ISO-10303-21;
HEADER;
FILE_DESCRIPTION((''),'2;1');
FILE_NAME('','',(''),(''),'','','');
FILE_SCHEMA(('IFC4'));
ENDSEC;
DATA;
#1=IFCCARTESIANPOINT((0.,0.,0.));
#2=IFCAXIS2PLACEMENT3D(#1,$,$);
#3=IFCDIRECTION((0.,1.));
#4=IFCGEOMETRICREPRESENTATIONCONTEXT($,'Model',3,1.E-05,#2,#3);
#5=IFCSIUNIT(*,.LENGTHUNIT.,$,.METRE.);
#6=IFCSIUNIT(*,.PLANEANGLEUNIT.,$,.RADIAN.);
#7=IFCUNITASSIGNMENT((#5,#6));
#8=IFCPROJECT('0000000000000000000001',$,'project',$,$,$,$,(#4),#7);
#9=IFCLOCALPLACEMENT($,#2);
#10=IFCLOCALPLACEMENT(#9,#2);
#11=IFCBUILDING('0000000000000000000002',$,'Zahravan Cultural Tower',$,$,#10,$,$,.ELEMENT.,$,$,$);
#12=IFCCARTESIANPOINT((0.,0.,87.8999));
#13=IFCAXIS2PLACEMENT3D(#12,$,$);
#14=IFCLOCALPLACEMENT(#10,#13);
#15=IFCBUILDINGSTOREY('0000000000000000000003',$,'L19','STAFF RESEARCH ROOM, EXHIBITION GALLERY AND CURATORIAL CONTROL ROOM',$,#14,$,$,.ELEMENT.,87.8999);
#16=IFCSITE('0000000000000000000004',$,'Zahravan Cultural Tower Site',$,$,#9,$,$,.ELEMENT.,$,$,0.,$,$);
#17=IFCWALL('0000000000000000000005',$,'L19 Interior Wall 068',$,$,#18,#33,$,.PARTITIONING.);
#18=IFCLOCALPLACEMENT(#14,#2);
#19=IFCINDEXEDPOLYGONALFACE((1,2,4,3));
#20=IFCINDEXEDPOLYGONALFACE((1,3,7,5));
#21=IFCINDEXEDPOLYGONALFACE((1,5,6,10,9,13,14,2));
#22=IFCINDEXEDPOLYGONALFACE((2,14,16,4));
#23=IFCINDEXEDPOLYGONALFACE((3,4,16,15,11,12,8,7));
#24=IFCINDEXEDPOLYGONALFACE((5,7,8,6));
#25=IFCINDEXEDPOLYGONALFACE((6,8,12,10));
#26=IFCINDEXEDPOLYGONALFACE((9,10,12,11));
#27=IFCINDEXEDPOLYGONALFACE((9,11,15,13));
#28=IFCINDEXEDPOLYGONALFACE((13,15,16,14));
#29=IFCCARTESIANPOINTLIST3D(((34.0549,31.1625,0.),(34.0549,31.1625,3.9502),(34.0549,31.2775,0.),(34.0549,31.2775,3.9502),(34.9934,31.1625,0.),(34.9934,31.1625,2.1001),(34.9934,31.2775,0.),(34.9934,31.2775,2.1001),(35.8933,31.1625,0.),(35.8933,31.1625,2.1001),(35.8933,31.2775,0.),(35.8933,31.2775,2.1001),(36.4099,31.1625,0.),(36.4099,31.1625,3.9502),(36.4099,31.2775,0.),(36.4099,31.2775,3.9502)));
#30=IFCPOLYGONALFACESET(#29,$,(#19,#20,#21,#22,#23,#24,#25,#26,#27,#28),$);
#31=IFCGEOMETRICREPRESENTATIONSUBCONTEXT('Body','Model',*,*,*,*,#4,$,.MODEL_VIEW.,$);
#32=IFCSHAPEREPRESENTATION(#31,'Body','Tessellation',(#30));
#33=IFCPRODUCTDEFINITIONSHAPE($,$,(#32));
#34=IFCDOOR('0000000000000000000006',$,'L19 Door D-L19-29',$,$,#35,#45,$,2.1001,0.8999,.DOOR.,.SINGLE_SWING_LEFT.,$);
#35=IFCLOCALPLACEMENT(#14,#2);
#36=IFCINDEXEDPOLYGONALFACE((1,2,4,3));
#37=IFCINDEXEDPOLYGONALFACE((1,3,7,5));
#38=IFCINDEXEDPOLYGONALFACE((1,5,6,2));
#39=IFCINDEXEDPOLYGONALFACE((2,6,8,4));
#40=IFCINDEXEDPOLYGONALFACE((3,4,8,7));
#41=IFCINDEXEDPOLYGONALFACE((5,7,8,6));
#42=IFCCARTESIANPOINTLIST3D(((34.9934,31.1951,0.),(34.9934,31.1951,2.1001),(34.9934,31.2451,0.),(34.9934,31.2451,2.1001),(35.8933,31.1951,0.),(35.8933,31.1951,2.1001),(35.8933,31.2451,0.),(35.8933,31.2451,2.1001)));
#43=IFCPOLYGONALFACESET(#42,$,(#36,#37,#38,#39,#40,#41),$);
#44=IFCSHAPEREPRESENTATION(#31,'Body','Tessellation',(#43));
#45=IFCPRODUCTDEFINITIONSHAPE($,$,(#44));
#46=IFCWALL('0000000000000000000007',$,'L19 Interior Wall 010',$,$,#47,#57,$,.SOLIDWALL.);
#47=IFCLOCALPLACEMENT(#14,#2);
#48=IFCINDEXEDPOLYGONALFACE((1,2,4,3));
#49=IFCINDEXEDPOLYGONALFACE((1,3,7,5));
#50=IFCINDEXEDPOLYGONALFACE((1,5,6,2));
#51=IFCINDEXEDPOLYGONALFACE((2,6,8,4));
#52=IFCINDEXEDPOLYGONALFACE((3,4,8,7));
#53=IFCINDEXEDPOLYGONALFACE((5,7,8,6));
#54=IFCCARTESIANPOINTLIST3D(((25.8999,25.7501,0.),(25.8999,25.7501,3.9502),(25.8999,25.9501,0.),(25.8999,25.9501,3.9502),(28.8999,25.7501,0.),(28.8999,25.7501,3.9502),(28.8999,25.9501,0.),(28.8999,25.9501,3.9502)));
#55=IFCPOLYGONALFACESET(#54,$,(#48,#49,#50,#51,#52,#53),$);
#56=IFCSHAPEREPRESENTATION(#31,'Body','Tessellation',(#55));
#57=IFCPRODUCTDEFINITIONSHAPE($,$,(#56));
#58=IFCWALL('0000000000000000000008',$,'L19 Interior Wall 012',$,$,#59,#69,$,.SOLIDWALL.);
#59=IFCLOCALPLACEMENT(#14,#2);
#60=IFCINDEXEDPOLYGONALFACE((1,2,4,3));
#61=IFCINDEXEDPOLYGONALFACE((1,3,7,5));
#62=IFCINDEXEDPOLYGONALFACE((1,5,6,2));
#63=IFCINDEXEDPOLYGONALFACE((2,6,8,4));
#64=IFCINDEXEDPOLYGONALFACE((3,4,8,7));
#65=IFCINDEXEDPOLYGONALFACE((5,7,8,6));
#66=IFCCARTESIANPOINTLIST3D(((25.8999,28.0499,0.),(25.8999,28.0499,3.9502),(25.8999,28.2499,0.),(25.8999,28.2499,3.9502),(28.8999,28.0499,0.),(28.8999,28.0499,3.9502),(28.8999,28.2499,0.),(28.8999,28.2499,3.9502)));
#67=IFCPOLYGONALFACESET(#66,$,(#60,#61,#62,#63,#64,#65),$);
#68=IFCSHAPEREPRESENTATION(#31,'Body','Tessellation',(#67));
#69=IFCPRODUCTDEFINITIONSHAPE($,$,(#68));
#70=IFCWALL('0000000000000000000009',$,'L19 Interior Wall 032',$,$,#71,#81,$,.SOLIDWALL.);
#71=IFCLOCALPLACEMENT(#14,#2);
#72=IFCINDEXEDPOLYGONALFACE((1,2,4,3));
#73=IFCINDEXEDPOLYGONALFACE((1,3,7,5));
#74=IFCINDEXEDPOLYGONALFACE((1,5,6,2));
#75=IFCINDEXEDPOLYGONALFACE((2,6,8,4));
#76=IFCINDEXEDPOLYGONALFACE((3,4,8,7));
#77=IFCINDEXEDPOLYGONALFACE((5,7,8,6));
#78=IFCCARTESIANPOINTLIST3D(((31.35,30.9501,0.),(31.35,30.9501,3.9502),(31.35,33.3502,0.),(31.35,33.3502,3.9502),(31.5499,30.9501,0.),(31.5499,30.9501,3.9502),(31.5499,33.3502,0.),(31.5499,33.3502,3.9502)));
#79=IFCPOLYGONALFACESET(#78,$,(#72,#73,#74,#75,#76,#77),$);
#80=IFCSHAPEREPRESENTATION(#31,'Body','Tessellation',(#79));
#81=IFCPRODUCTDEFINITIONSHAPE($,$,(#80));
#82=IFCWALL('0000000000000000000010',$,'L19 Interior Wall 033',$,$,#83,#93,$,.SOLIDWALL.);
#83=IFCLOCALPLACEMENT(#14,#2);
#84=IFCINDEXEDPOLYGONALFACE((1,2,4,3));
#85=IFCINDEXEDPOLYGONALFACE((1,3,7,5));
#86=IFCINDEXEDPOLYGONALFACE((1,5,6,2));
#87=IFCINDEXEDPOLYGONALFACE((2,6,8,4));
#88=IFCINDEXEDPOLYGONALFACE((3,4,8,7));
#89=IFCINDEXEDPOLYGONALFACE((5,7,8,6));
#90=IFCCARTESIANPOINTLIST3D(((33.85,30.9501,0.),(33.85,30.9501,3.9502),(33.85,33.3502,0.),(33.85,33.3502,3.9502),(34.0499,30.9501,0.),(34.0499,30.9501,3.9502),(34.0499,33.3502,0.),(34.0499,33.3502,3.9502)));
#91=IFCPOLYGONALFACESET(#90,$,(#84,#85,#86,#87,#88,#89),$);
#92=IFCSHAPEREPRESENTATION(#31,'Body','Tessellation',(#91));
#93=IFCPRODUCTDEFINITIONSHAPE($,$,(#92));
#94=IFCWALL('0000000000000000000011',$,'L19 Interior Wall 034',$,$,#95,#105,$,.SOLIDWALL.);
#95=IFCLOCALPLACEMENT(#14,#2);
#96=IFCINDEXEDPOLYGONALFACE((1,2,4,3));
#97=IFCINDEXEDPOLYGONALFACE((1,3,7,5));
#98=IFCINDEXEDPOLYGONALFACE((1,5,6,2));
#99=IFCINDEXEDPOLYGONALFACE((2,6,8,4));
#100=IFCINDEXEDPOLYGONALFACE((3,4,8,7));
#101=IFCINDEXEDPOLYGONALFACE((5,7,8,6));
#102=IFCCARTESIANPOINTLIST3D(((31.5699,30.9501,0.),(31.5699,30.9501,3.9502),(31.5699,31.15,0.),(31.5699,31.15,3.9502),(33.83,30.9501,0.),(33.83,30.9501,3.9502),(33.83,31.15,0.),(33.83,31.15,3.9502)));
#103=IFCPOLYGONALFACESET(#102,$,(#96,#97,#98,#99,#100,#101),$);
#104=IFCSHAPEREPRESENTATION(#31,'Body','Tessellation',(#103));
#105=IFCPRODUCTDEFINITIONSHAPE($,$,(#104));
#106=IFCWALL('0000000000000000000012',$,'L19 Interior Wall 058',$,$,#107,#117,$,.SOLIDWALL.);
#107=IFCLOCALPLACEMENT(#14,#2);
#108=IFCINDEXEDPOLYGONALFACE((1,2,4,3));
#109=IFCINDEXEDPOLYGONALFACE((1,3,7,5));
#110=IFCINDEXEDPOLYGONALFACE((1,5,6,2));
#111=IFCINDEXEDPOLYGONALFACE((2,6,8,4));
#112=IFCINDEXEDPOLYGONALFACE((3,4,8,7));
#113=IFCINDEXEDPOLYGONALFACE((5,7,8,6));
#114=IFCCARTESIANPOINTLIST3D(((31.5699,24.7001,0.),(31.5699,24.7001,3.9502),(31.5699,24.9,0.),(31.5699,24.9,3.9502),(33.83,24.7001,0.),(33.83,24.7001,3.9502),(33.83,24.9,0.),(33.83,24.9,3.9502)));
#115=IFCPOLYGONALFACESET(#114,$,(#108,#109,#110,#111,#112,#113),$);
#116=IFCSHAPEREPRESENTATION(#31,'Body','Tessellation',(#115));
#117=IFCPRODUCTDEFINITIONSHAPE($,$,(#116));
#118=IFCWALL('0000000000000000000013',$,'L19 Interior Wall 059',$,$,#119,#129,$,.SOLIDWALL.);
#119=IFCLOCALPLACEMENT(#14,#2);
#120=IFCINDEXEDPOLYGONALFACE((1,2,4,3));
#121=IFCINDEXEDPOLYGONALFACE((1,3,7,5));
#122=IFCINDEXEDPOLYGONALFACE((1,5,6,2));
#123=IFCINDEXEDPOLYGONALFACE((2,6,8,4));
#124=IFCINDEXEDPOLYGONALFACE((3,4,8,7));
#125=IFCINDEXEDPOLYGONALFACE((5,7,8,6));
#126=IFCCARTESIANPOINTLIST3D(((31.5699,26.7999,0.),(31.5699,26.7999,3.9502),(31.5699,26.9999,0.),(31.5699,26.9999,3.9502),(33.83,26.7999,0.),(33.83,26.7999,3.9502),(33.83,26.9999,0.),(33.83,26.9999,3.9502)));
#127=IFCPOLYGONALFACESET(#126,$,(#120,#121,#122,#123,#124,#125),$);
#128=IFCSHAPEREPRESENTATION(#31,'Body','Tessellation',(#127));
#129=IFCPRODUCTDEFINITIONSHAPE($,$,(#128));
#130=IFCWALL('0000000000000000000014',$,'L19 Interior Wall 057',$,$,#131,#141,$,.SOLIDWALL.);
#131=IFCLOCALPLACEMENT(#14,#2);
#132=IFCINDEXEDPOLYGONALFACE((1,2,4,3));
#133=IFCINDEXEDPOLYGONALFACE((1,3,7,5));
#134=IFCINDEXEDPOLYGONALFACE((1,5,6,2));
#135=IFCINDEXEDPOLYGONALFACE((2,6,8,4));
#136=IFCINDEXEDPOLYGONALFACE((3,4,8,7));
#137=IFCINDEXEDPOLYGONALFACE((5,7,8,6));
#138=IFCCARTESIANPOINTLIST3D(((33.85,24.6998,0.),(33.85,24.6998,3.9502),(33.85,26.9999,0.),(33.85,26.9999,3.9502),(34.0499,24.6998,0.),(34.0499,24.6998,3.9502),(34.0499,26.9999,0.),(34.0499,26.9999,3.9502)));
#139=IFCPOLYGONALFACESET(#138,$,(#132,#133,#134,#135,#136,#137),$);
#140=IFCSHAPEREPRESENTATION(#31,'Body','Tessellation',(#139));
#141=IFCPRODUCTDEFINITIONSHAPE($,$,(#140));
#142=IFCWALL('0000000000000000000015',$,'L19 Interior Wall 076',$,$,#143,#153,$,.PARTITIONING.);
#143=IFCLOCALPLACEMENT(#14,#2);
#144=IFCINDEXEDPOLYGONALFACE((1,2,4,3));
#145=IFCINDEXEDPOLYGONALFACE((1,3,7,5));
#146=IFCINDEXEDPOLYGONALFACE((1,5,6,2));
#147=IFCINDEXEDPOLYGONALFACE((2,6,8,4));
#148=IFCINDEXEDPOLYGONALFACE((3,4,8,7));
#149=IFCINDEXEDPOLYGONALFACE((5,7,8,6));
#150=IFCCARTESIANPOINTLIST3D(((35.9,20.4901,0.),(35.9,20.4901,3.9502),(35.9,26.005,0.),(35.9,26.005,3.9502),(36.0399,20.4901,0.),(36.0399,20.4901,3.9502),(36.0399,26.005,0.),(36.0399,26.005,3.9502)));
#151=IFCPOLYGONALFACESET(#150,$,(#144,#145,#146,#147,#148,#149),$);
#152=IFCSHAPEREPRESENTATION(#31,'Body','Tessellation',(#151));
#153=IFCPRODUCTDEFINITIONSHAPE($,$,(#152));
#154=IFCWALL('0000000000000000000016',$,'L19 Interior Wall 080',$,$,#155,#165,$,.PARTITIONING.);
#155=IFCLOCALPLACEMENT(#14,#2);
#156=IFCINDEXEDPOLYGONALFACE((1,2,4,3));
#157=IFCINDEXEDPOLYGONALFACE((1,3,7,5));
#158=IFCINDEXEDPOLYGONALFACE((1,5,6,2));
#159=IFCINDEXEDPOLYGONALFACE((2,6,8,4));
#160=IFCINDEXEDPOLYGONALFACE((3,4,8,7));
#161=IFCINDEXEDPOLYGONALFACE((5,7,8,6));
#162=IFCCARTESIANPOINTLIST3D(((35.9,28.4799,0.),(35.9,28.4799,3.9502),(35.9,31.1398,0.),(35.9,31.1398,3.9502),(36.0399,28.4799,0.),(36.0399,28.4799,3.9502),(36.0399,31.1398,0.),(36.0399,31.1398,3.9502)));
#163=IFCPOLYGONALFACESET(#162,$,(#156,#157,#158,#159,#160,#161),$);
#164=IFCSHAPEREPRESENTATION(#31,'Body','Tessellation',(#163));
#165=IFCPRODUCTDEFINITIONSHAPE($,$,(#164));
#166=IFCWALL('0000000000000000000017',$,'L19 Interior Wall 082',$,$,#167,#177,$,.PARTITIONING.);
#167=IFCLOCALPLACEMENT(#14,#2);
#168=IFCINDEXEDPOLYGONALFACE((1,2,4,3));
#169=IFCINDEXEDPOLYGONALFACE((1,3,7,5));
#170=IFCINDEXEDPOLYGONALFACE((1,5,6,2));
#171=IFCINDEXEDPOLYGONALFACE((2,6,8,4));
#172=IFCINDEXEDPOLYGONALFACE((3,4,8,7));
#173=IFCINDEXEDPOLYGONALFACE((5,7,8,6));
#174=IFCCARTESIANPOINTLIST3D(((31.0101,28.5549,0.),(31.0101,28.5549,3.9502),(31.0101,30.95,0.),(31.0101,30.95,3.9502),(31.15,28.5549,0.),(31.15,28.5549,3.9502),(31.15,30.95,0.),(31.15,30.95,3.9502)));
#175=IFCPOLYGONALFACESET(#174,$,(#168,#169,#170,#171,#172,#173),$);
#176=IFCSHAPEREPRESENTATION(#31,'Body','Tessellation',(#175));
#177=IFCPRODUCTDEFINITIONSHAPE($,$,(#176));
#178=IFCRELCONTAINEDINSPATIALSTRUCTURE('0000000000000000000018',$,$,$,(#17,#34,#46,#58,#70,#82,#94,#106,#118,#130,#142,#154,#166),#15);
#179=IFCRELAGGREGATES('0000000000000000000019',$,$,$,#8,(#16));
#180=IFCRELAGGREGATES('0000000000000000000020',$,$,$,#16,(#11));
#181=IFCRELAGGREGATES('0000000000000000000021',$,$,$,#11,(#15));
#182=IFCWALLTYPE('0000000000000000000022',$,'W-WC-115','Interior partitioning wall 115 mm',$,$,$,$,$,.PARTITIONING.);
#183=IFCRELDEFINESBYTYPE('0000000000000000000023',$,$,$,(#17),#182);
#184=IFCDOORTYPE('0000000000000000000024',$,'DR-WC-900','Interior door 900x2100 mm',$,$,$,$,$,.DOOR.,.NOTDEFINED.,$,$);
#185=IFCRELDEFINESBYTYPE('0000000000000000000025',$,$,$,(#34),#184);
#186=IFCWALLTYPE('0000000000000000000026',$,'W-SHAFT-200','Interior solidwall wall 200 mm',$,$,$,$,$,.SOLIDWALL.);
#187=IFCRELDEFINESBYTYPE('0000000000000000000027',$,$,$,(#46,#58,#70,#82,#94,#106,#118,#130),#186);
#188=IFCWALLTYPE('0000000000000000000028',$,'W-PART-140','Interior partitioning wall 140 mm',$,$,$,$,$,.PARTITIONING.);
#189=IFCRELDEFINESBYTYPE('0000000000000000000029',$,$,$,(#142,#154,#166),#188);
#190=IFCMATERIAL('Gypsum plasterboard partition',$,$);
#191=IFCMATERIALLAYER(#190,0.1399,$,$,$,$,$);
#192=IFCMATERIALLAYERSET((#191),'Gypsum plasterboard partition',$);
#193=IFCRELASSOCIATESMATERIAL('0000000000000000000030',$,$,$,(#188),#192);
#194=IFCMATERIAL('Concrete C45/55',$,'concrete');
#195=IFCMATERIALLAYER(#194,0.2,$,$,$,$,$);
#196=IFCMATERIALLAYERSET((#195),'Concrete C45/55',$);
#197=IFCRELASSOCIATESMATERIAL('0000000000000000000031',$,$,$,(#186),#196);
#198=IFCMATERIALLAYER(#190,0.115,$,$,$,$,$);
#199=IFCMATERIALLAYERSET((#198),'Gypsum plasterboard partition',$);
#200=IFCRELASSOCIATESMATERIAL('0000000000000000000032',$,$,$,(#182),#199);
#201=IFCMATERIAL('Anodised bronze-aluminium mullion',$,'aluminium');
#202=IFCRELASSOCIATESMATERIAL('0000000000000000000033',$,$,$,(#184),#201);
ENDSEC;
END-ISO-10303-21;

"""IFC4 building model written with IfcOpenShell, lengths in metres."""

from ifc_helpers import new_model, si_unit, direction, frame, frame_2d, origin, place, context, subcontext, project, spatial, rectangle, extrude, source, transform, mapped, material, layer, layer_set, type_object, element, fill, save


model = new_model("IFC4")

# Units and contexts
model_context = context("Model", 3, precision=1e-05, world=origin(), true_north=direction((0.0, 1.0)))
body_context = subcontext(model_context, "Body", "Model", "MODEL_VIEW")
ifc_project = project(units=[si_unit("LENGTHUNIT", "METRE"), si_unit("PLANEANGLEUNIT", "RADIAN")], contexts=[model_context])

# Site, building, storey
site_placement = place(None, origin())
site = spatial("IfcSite", under=ifc_project, at=site_placement, Name="Zahravan Cultural Tower Site", CompositionType="ELEMENT", RefElevation=0.0)
building_placement = place(site_placement, origin())
building = spatial("IfcBuilding", under=site, at=building_placement, Name="Zahravan Cultural Tower", CompositionType="ELEMENT")
storey_placement = place(building_placement, frame((0.0, 0.0, 87.8999)))
storey = spatial("IfcBuildingStorey", under=building, at=storey_placement, Name="L19", Description="STAFF RESEARCH ROOM, EXHIBITION GALLERY AND CURATORIAL CONTROL ROOM", CompositionType="ELEMENT", Elevation=87.8999)

# Wall, opening, door
ifc_material_1 = material(Name="Gypsum plasterboard partition")
ifc_layer_1 = layer(ifc_material_1, 0.1399)
ifc_layer_set_1 = layer_set([ifc_layer_1], Name="Gypsum plasterboard partition")
wall_type_1 = type_object("IfcWallType", Name="W-PART-140", Description="Interior partitioning wall 140 mm", PredefinedType="PARTITIONING", material=ifc_layer_set_1)
ifc_material_2 = material(Name="Anodised bronze-aluminium mullion", Category="aluminium")
ifc_material_3 = material(Name="Concrete C45/55", Category="concrete")
ifc_layer_2 = layer(ifc_material_3, 0.2)
ifc_layer_set_2 = layer_set([ifc_layer_2], Name="Concrete C45/55")
wall_type_2 = type_object("IfcWallType", Name="W-SHAFT-200", Description="Interior solidwall wall 200 mm", PredefinedType="SOLIDWALL", material=ifc_layer_set_2)
ifc_layer_3 = layer(ifc_material_1, 0.115)
ifc_layer_set_3 = layer_set([ifc_layer_3], Name="Gypsum plasterboard partition")
wall_type_3 = type_object("IfcWallType", Name="W-WC-115", Description="Interior partitioning wall 115 mm", PredefinedType="PARTITIONING", material=ifc_layer_set_3)
wall_1_placement = place(storey_placement, frame((36.4099, 31.22, 0.0), z_axis=(0.0, 0.0, 1.0), x_axis=(-1.0, 0.0, 0.0)))
wall_1 = element("IfcWall", 1, at=wall_1_placement, inside=storey, type_object=wall_type_3, Name="L19 Interior Wall 068", PredefinedType="PARTITIONING", context=body_context, shape_type="SweptSolid", body=[
    extrude(rectangle(XDim=2.355, YDim=0.115, at=frame_2d((1.1775, 0.0))), origin(), (0.0, 0.0, 1.0), 3.9502),
])
opening_1_placement = place(wall_1_placement, frame((0.5166, 0.0, 0.0)))
opening_1 = element("IfcOpeningElement", 2, at=opening_1_placement, cuts=wall_1, PredefinedType="OPENING", context=body_context, shape_type="SweptSolid", body=[
    extrude(rectangle(XDim=0.8999, YDim=2.1001, at=frame_2d((0.45, 1.05))), frame((0.0, 0.0674, 0.0), z_axis=(0.0, -1.0, 0.0), x_axis=(1.0, 0.0, 0.0)), (0.0, 0.0, 1.0), 0.135),
])
door_type_1 = type_object("IfcDoorType", Name="DR-WC-900", Description="Interior door 900x2100 mm", OperationType="NOTDEFINED", PredefinedType="DOOR", material=ifc_material_2)
shared_shape_1 = source(origin(), body_context, "Body", "SweptSolid", [
    extrude(rectangle(XDim=0.8999, YDim=2.1001, at=frame_2d((0.45, 1.05))), frame((0.0, 0.0249, 0.0), z_axis=(0.0, -1.0, 0.0), x_axis=(1.0, 0.0, 0.0)), (0.0, 0.0, 1.0), 0.05),
])
door_1_placement = place(opening_1_placement, origin())
door_1 = element("IfcDoor", 3, at=door_1_placement, inside=storey, type_object=door_type_1, Name="L19 Door D-L19-29", OperationType="SINGLE_SWING_LEFT", OverallHeight=2.1001, OverallWidth=0.8999, PredefinedType="DOOR", context=body_context, shape_type="MappedRepresentation", body=[
    mapped(shared_shape_1, transform((0.0, 0.0, 0.0), x_axis=(1.0, 0.0, 0.0), y_axis=(0.0, 1.0, 0.0), z_axis=(0.0, 0.0, 1.0), scale=1.0)),
])
fill(opening_1, door_1)

# Walls
shared_shape_2 = source(origin(), body_context, "Body", "SweptSolid", [
    extrude(rectangle(XDim=3.0, YDim=0.2, at=frame_2d((1.5, 0.0))), origin(), (0.0, 0.0, 1.0), 3.9502),
])
for number, where, z_axis, x_axis, name in (
    (4, (25.8999, 25.8501, 0.0), (0.0, 0.0, 1.0), (1.0, 0.0, 0.0), "L19 Interior Wall 010"),
    (5, (25.8999, 28.1499, 0.0), (0.0, 0.0, 1.0), (1.0, 0.0, 0.0), "L19 Interior Wall 012"),
):
    element("IfcWall", number, at=place(storey_placement, frame(where, z_axis=z_axis, x_axis=x_axis)), inside=storey, type_object=wall_type_2, Name=name, PredefinedType="SOLIDWALL", context=body_context, shape_type="MappedRepresentation", body=[
        mapped(shared_shape_2, transform((0.0, 0.0, 0.0), x_axis=(1.0, 0.0, 0.0), y_axis=(0.0, 1.0, 0.0), z_axis=(0.0, 0.0, 1.0), scale=1.0)),
    ])
shared_shape_3 = source(origin(), body_context, "Body", "SweptSolid", [
    extrude(rectangle(XDim=2.4001, YDim=0.2, at=frame_2d((1.2002, 0.0))), origin(), (0.0, 0.0, 1.0), 3.9502),
])
for number, where, z_axis, x_axis, name in (
    (6, (31.45, 30.95, 0.0), (0.0, 0.0, 1.0), (0.0, 1.0, 0.0), "L19 Interior Wall 032"),
    (7, (33.95, 30.95, 0.0), (0.0, 0.0, 1.0), (0.0, 1.0, 0.0), "L19 Interior Wall 033"),
):
    element("IfcWall", number, at=place(storey_placement, frame(where, z_axis=z_axis, x_axis=x_axis)), inside=storey, type_object=wall_type_2, Name=name, PredefinedType="SOLIDWALL", context=body_context, shape_type="MappedRepresentation", body=[
        mapped(shared_shape_3, transform((0.0, 0.0, 0.0), x_axis=(1.0, 0.0, 0.0), y_axis=(0.0, 1.0, 0.0), z_axis=(0.0, 0.0, 1.0), scale=1.0)),
    ])
shared_shape_4 = source(origin(), body_context, "Body", "SweptSolid", [
    extrude(rectangle(XDim=2.26, YDim=0.2, at=frame_2d((1.1299, 0.0))), origin(), (0.0, 0.0, 1.0), 3.9502),
])
for number, where, z_axis, x_axis, name in (
    (8, (31.5701, 31.05, 0.0), (0.0, 0.0, 1.0), (1.0, 0.0, 0.0), "L19 Interior Wall 034"),
    (9, (31.5701, 24.8, 0.0), (0.0, 0.0, 1.0), (1.0, 0.0, 0.0), "L19 Interior Wall 058"),
    (10, (31.5701, 26.8999, 0.0), (0.0, 0.0, 1.0), (1.0, 0.0, 0.0), "L19 Interior Wall 059"),
):
    element("IfcWall", number, at=place(storey_placement, frame(where, z_axis=z_axis, x_axis=x_axis)), inside=storey, type_object=wall_type_2, Name=name, PredefinedType="SOLIDWALL", context=body_context, shape_type="MappedRepresentation", body=[
        mapped(shared_shape_4, transform((0.0, 0.0, 0.0), x_axis=(1.0, 0.0, 0.0), y_axis=(0.0, 1.0, 0.0), z_axis=(0.0, 0.0, 1.0), scale=1.0)),
    ])
shared_shape_5 = source(origin(), body_context, "Body", "SweptSolid", [
    extrude(rectangle(XDim=2.3, YDim=0.2, at=frame_2d((1.1499, 0.0))), origin(), (0.0, 0.0, 1.0), 3.9502),
])
wall_2_placement = place(storey_placement, frame((33.95, 24.7, 0.0), z_axis=(0.0, 0.0, 1.0), x_axis=(0.0, 1.0, 0.0)))
element("IfcWall", 11, at=wall_2_placement, inside=storey, type_object=wall_type_2, Name="L19 Interior Wall 057", PredefinedType="SOLIDWALL", context=body_context, shape_type="MappedRepresentation", body=[
    mapped(shared_shape_5, transform((0.0, 0.0, 0.0), x_axis=(1.0, 0.0, 0.0), y_axis=(0.0, 1.0, 0.0), z_axis=(0.0, 0.0, 1.0), scale=1.0)),
])
shared_shape_6 = source(origin(), body_context, "Body", "SweptSolid", [
    extrude(rectangle(XDim=5.5149, YDim=0.1399, at=frame_2d((2.7573, 0.0))), origin(), (0.0, 0.0, 1.0), 3.9502),
])
wall_3_placement = place(storey_placement, frame((35.97, 26.0049, 0.0), z_axis=(0.0, 0.0, 1.0), x_axis=(0.0, -1.0, 0.0)))
element("IfcWall", 12, at=wall_3_placement, inside=storey, type_object=wall_type_1, Name="L19 Interior Wall 076", PredefinedType="PARTITIONING", context=body_context, shape_type="MappedRepresentation", body=[
    mapped(shared_shape_6, transform((0.0, 0.0, 0.0), x_axis=(1.0, 0.0, 0.0), y_axis=(0.0, 1.0, 0.0), z_axis=(0.0, 0.0, 1.0), scale=1.0)),
])
shared_shape_7 = source(origin(), body_context, "Body", "SweptSolid", [
    extrude(rectangle(XDim=2.6599, YDim=0.1399, at=frame_2d((1.3301, 0.0))), origin(), (0.0, 0.0, 1.0), 3.9502),
])
wall_4_placement = place(storey_placement, frame((35.97, 31.1399, 0.0), z_axis=(0.0, 0.0, 1.0), x_axis=(0.0, -1.0, 0.0)))
element("IfcWall", 13, at=wall_4_placement, inside=storey, type_object=wall_type_1, Name="L19 Interior Wall 080", PredefinedType="PARTITIONING", context=body_context, shape_type="MappedRepresentation", body=[
    mapped(shared_shape_7, transform((0.0, 0.0, 0.0), x_axis=(1.0, 0.0, 0.0), y_axis=(0.0, 1.0, 0.0), z_axis=(0.0, 0.0, 1.0), scale=1.0)),
])
shared_shape_8 = source(origin(), body_context, "Body", "SweptSolid", [
    extrude(rectangle(XDim=2.395, YDim=0.1399, at=frame_2d((1.1975, 0.0))), origin(), (0.0, 0.0, 1.0), 3.9502),
])
wall_5_placement = place(storey_placement, frame((31.0801, 28.5549, 0.0), z_axis=(0.0, 0.0, 1.0), x_axis=(0.0, 1.0, 0.0)))
element("IfcWall", 14, at=wall_5_placement, inside=storey, type_object=wall_type_1, Name="L19 Interior Wall 082", PredefinedType="PARTITIONING", context=body_context, shape_type="MappedRepresentation", body=[
    mapped(shared_shape_8, transform((0.0, 0.0, 0.0), x_axis=(1.0, 0.0, 0.0), y_axis=(0.0, 1.0, 0.0), z_axis=(0.0, 0.0, 1.0), scale=1.0)),
])

save(model, "model.ifc")
